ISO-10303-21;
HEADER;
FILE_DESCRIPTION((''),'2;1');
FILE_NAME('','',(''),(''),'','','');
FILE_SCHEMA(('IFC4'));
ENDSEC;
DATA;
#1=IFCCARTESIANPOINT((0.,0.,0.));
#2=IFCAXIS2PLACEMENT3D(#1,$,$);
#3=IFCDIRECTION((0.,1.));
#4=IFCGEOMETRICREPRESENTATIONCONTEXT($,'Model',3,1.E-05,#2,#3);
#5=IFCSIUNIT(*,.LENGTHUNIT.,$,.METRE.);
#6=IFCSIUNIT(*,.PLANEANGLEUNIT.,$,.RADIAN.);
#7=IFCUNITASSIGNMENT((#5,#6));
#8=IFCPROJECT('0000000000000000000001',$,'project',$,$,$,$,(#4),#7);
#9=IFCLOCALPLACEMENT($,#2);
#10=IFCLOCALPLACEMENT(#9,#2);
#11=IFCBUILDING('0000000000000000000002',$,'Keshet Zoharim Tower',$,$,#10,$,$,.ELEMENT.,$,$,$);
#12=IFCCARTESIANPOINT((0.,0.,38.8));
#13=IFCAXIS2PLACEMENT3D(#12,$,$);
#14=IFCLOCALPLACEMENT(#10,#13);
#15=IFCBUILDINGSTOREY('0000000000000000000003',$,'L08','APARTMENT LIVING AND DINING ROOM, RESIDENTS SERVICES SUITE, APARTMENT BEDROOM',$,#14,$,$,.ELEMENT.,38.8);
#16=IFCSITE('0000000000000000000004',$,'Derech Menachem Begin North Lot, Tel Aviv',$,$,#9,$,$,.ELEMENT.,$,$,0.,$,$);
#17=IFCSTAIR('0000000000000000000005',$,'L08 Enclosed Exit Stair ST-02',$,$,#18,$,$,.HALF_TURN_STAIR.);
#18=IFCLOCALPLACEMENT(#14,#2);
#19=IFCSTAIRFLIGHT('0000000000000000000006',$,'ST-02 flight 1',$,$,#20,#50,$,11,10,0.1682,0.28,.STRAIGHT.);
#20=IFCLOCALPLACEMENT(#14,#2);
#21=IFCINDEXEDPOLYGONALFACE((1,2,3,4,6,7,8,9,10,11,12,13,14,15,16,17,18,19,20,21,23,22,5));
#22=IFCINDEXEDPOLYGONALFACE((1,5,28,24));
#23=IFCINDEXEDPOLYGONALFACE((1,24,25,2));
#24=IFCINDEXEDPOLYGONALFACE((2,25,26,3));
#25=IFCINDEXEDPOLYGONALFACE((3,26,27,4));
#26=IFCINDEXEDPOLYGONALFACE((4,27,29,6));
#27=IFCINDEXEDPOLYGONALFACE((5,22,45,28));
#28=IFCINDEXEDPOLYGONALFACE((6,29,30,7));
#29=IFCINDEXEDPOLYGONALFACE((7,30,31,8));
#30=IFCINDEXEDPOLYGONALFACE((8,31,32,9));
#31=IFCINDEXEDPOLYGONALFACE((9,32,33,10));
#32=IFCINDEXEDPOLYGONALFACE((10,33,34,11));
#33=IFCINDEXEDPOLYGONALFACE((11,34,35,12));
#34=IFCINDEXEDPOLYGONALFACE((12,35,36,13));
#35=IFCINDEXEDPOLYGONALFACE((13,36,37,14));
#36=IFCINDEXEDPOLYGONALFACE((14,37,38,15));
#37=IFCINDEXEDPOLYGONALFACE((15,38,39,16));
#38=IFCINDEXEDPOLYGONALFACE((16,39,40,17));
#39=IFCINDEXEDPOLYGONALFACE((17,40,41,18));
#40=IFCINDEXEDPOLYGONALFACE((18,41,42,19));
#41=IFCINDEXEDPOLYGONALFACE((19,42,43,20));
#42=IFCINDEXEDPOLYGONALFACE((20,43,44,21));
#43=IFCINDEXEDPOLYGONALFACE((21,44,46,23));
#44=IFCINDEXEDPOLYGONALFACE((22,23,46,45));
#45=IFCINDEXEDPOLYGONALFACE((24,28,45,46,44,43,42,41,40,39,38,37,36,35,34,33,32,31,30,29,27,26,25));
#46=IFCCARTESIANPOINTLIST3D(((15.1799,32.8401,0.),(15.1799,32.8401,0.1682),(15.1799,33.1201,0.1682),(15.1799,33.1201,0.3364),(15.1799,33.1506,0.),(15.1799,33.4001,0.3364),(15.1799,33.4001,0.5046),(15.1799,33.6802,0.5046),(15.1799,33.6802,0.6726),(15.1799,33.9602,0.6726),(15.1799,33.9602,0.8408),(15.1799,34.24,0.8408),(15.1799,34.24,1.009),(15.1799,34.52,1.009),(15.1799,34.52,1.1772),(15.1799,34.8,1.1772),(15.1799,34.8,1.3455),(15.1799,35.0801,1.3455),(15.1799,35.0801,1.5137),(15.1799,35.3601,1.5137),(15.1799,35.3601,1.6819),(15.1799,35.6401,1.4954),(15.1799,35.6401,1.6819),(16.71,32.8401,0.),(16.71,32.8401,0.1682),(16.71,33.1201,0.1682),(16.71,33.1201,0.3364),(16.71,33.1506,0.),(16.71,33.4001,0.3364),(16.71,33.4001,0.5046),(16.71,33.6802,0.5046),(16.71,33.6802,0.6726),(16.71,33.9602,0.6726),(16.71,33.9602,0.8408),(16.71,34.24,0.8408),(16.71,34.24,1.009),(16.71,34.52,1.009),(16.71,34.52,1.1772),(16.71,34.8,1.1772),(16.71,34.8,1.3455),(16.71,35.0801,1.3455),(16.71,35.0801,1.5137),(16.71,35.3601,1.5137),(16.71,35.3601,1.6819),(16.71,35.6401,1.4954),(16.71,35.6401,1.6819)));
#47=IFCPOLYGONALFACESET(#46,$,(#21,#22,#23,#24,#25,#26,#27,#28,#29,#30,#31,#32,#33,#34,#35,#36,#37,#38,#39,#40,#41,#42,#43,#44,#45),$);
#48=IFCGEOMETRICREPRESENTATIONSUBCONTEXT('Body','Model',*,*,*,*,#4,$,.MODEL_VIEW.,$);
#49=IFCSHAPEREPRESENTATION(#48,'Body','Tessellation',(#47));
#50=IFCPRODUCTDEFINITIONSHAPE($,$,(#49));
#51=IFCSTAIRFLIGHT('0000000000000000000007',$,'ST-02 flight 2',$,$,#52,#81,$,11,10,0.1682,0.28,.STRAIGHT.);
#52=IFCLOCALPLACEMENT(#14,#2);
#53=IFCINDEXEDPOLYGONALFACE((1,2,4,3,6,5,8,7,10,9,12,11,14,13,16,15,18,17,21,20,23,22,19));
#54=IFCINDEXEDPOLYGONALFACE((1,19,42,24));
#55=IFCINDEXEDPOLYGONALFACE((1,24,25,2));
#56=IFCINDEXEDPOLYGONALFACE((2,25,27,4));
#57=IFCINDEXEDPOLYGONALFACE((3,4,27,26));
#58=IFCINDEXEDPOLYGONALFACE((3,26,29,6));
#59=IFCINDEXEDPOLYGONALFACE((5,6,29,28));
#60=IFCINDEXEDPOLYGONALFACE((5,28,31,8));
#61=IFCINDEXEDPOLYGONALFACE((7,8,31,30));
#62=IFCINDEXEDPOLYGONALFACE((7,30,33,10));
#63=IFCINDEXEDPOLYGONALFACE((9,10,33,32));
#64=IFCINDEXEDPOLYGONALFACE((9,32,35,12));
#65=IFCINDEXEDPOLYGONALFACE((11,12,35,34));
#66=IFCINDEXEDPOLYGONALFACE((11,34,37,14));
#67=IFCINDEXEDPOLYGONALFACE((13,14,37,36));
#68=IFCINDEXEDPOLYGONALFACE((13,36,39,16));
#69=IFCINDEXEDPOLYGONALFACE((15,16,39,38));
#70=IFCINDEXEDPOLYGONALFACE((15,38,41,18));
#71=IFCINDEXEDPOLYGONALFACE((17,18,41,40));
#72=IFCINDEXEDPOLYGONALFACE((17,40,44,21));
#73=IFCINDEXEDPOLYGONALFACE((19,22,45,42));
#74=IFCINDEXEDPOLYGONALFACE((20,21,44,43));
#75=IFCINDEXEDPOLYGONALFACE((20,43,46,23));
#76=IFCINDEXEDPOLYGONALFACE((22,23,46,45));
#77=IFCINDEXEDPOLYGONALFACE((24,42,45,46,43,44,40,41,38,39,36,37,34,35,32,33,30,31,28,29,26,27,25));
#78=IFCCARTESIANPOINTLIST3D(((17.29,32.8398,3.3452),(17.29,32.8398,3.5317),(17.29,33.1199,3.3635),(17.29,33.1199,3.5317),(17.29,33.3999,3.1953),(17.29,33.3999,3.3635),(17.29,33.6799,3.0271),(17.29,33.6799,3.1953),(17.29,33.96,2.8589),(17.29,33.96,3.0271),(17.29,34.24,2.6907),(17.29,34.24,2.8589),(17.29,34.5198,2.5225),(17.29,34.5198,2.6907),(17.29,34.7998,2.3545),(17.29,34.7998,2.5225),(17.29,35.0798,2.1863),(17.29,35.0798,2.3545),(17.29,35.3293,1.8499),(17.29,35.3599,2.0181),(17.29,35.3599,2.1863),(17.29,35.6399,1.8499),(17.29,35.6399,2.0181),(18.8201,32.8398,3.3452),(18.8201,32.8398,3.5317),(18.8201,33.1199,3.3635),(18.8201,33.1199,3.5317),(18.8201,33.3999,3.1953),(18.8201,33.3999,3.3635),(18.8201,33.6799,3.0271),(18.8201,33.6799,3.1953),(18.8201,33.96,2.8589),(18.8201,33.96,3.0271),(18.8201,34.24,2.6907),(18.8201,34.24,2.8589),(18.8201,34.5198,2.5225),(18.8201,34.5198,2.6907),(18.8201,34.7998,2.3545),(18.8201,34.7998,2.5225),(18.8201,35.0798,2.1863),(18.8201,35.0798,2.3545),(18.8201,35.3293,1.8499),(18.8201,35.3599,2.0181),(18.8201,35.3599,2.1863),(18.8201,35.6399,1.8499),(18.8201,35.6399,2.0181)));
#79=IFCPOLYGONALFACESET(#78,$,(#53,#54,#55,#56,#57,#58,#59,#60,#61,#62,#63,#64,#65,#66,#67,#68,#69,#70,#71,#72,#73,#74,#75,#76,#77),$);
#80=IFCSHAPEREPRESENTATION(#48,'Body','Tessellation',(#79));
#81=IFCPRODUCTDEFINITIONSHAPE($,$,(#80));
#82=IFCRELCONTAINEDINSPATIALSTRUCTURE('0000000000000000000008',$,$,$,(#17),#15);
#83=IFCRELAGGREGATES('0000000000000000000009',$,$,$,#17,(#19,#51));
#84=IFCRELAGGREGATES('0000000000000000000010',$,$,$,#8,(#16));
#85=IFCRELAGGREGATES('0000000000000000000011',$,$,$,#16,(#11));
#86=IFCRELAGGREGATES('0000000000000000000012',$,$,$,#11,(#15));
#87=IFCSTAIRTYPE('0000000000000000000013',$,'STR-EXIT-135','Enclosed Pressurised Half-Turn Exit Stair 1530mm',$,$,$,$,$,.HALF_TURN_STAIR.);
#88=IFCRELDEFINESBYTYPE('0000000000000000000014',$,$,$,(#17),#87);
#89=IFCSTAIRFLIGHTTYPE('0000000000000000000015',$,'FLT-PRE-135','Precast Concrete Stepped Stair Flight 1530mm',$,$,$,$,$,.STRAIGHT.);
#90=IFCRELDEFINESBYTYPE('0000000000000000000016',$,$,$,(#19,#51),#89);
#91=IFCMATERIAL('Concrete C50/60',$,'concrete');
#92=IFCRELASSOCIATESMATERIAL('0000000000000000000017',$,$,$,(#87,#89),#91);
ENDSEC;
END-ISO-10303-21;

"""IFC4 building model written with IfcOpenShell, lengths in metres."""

from ifc_helpers import new_model, si_unit, direction, frame, origin, place, context, subcontext, project, spatial, polyline, outline, extrude, material, type_object, element, aggregate, save


model = new_model("IFC4")

# Units and contexts
model_context = context("Model", 3, precision=1e-05, world=origin(), true_north=direction((0.0, 1.0)))
body_context = subcontext(model_context, "Body", "Model", "MODEL_VIEW")
ifc_project = project(units=[si_unit("LENGTHUNIT", "METRE"), si_unit("PLANEANGLEUNIT", "RADIAN")], contexts=[model_context])

# Site, building, storey
site_placement = place(None, origin())
site = spatial("IfcSite", under=ifc_project, at=site_placement, Name="Derech Menachem Begin North Lot, Tel Aviv", CompositionType="ELEMENT", RefElevation=0.0)
building_placement = place(site_placement, origin())
building = spatial("IfcBuilding", under=site, at=building_placement, Name="Keshet Zoharim Tower", CompositionType="ELEMENT")
storey_placement = place(building_placement, frame((0.0, 0.0, 38.8)))
storey = spatial("IfcBuildingStorey", under=building, at=storey_placement, Name="L08", Description="APARTMENT LIVING AND DINING ROOM, RESIDENTS SERVICES SUITE, APARTMENT BEDROOM", CompositionType="ELEMENT", Elevation=38.8)

# Shared definitions
ifc_material_1 = material(Name="Concrete C50/60", Category="concrete")
stair_type = type_object("IfcStairType", Name="STR-EXIT-135", Description="Enclosed Pressurised Half-Turn Exit Stair 1530mm", PredefinedType="HALF_TURN_STAIR", material=ifc_material_1)
stair_flight_type = type_object("IfcStairFlightType", Name="FLT-PRE-135", Description="Precast Concrete Stepped Stair Flight 1530mm", PredefinedType="STRAIGHT", material=ifc_material_1)

# Stair, stair flights
stair_1_placement = place(storey_placement, origin())
stair_1 = element("IfcStair", 1, at=stair_1_placement, inside=storey, type_object=stair_type, Name="L08 Enclosed Exit Stair ST-02", PredefinedType="HALF_TURN_STAIR")
stair_flight_1_placement = place(storey_placement, frame((15.9451, 32.8401, 0.0), z_axis=(0.0, 0.0, 1.0), x_axis=(0.0, 1.0, 0.0)))
stair_flight_1 = element("IfcStairFlight", 2, at=stair_flight_1_placement, type_object=stair_flight_type, Name="ST-02 flight 1", NumberOfRisers=11, NumberOfTreads=10, PredefinedType="STRAIGHT", RiserHeight=0.1682, TreadLength=0.28, context=body_context, shape_type="SweptSolid", body=[
    extrude(outline(polyline([(0.0, 0.0), (0.0, 0.1682), (0.28, 0.1682), (0.28, 0.3364), (0.5601, 0.3364), (0.5601, 0.5046), (0.8401, 0.5046), (0.8401, 0.6726), (1.1201, 0.6726), (1.1201, 0.8408), (1.3999, 0.8408), (1.3999, 1.009), (1.6799, 1.009), (1.6799, 1.1772), (1.96, 1.1772), (1.96, 1.3455), (2.24, 1.3455), (2.24, 1.5137), (2.52, 1.5137), (2.52, 1.6819), (2.8, 1.6819), (2.8, 1.8501), (2.8, 1.4954), (0.3105, 0.0), (0.0, 0.0)])), frame((0.0, 0.7651, 0.0), z_axis=(0.0, -1.0, 0.0), x_axis=(1.0, 0.0, 0.0)), (0.0, 0.0, 1.0), 1.53),
])
stair_flight_2_placement = place(storey_placement, frame((18.0549, 35.6399, 1.8499), z_axis=(0.0, 0.0, 1.0), x_axis=(0.0, -1.0, 0.0)))
stair_flight_2 = element("IfcStairFlight", 3, at=stair_flight_2_placement, type_object=stair_flight_type, Name="ST-02 flight 2", NumberOfRisers=11, NumberOfTreads=10, PredefinedType="STRAIGHT", RiserHeight=0.1682, TreadLength=0.28, context=body_context, shape_type="SweptSolid", body=[
    extrude(outline(polyline([(0.0, 0.0), (0.0, 0.1682), (0.28, 0.1682), (0.28, 0.3364), (0.5601, 0.3364), (0.5601, 0.5046), (0.8401, 0.5046), (0.8401, 0.6726), (1.1201, 0.6726), (1.1201, 0.8408), (1.3999, 0.8408), (1.3999, 1.009), (1.6799, 1.009), (1.6799, 1.1772), (1.96, 1.1772), (1.96, 1.3455), (2.24, 1.3455), (2.24, 1.5137), (2.52, 1.5137), (2.52, 1.6819), (2.8, 1.6819), (2.8, 1.8501), (2.8, 1.4954), (0.3105, 0.0), (0.0, 0.0)])), frame((0.0, 0.7651, 0.0), z_axis=(0.0, -1.0, 0.0), x_axis=(1.0, 0.0, 0.0)), (0.0, 0.0, 1.0), 1.53),
])
aggregate(stair_1, [stair_flight_1, stair_flight_2])

save(model, "model.ifc")
